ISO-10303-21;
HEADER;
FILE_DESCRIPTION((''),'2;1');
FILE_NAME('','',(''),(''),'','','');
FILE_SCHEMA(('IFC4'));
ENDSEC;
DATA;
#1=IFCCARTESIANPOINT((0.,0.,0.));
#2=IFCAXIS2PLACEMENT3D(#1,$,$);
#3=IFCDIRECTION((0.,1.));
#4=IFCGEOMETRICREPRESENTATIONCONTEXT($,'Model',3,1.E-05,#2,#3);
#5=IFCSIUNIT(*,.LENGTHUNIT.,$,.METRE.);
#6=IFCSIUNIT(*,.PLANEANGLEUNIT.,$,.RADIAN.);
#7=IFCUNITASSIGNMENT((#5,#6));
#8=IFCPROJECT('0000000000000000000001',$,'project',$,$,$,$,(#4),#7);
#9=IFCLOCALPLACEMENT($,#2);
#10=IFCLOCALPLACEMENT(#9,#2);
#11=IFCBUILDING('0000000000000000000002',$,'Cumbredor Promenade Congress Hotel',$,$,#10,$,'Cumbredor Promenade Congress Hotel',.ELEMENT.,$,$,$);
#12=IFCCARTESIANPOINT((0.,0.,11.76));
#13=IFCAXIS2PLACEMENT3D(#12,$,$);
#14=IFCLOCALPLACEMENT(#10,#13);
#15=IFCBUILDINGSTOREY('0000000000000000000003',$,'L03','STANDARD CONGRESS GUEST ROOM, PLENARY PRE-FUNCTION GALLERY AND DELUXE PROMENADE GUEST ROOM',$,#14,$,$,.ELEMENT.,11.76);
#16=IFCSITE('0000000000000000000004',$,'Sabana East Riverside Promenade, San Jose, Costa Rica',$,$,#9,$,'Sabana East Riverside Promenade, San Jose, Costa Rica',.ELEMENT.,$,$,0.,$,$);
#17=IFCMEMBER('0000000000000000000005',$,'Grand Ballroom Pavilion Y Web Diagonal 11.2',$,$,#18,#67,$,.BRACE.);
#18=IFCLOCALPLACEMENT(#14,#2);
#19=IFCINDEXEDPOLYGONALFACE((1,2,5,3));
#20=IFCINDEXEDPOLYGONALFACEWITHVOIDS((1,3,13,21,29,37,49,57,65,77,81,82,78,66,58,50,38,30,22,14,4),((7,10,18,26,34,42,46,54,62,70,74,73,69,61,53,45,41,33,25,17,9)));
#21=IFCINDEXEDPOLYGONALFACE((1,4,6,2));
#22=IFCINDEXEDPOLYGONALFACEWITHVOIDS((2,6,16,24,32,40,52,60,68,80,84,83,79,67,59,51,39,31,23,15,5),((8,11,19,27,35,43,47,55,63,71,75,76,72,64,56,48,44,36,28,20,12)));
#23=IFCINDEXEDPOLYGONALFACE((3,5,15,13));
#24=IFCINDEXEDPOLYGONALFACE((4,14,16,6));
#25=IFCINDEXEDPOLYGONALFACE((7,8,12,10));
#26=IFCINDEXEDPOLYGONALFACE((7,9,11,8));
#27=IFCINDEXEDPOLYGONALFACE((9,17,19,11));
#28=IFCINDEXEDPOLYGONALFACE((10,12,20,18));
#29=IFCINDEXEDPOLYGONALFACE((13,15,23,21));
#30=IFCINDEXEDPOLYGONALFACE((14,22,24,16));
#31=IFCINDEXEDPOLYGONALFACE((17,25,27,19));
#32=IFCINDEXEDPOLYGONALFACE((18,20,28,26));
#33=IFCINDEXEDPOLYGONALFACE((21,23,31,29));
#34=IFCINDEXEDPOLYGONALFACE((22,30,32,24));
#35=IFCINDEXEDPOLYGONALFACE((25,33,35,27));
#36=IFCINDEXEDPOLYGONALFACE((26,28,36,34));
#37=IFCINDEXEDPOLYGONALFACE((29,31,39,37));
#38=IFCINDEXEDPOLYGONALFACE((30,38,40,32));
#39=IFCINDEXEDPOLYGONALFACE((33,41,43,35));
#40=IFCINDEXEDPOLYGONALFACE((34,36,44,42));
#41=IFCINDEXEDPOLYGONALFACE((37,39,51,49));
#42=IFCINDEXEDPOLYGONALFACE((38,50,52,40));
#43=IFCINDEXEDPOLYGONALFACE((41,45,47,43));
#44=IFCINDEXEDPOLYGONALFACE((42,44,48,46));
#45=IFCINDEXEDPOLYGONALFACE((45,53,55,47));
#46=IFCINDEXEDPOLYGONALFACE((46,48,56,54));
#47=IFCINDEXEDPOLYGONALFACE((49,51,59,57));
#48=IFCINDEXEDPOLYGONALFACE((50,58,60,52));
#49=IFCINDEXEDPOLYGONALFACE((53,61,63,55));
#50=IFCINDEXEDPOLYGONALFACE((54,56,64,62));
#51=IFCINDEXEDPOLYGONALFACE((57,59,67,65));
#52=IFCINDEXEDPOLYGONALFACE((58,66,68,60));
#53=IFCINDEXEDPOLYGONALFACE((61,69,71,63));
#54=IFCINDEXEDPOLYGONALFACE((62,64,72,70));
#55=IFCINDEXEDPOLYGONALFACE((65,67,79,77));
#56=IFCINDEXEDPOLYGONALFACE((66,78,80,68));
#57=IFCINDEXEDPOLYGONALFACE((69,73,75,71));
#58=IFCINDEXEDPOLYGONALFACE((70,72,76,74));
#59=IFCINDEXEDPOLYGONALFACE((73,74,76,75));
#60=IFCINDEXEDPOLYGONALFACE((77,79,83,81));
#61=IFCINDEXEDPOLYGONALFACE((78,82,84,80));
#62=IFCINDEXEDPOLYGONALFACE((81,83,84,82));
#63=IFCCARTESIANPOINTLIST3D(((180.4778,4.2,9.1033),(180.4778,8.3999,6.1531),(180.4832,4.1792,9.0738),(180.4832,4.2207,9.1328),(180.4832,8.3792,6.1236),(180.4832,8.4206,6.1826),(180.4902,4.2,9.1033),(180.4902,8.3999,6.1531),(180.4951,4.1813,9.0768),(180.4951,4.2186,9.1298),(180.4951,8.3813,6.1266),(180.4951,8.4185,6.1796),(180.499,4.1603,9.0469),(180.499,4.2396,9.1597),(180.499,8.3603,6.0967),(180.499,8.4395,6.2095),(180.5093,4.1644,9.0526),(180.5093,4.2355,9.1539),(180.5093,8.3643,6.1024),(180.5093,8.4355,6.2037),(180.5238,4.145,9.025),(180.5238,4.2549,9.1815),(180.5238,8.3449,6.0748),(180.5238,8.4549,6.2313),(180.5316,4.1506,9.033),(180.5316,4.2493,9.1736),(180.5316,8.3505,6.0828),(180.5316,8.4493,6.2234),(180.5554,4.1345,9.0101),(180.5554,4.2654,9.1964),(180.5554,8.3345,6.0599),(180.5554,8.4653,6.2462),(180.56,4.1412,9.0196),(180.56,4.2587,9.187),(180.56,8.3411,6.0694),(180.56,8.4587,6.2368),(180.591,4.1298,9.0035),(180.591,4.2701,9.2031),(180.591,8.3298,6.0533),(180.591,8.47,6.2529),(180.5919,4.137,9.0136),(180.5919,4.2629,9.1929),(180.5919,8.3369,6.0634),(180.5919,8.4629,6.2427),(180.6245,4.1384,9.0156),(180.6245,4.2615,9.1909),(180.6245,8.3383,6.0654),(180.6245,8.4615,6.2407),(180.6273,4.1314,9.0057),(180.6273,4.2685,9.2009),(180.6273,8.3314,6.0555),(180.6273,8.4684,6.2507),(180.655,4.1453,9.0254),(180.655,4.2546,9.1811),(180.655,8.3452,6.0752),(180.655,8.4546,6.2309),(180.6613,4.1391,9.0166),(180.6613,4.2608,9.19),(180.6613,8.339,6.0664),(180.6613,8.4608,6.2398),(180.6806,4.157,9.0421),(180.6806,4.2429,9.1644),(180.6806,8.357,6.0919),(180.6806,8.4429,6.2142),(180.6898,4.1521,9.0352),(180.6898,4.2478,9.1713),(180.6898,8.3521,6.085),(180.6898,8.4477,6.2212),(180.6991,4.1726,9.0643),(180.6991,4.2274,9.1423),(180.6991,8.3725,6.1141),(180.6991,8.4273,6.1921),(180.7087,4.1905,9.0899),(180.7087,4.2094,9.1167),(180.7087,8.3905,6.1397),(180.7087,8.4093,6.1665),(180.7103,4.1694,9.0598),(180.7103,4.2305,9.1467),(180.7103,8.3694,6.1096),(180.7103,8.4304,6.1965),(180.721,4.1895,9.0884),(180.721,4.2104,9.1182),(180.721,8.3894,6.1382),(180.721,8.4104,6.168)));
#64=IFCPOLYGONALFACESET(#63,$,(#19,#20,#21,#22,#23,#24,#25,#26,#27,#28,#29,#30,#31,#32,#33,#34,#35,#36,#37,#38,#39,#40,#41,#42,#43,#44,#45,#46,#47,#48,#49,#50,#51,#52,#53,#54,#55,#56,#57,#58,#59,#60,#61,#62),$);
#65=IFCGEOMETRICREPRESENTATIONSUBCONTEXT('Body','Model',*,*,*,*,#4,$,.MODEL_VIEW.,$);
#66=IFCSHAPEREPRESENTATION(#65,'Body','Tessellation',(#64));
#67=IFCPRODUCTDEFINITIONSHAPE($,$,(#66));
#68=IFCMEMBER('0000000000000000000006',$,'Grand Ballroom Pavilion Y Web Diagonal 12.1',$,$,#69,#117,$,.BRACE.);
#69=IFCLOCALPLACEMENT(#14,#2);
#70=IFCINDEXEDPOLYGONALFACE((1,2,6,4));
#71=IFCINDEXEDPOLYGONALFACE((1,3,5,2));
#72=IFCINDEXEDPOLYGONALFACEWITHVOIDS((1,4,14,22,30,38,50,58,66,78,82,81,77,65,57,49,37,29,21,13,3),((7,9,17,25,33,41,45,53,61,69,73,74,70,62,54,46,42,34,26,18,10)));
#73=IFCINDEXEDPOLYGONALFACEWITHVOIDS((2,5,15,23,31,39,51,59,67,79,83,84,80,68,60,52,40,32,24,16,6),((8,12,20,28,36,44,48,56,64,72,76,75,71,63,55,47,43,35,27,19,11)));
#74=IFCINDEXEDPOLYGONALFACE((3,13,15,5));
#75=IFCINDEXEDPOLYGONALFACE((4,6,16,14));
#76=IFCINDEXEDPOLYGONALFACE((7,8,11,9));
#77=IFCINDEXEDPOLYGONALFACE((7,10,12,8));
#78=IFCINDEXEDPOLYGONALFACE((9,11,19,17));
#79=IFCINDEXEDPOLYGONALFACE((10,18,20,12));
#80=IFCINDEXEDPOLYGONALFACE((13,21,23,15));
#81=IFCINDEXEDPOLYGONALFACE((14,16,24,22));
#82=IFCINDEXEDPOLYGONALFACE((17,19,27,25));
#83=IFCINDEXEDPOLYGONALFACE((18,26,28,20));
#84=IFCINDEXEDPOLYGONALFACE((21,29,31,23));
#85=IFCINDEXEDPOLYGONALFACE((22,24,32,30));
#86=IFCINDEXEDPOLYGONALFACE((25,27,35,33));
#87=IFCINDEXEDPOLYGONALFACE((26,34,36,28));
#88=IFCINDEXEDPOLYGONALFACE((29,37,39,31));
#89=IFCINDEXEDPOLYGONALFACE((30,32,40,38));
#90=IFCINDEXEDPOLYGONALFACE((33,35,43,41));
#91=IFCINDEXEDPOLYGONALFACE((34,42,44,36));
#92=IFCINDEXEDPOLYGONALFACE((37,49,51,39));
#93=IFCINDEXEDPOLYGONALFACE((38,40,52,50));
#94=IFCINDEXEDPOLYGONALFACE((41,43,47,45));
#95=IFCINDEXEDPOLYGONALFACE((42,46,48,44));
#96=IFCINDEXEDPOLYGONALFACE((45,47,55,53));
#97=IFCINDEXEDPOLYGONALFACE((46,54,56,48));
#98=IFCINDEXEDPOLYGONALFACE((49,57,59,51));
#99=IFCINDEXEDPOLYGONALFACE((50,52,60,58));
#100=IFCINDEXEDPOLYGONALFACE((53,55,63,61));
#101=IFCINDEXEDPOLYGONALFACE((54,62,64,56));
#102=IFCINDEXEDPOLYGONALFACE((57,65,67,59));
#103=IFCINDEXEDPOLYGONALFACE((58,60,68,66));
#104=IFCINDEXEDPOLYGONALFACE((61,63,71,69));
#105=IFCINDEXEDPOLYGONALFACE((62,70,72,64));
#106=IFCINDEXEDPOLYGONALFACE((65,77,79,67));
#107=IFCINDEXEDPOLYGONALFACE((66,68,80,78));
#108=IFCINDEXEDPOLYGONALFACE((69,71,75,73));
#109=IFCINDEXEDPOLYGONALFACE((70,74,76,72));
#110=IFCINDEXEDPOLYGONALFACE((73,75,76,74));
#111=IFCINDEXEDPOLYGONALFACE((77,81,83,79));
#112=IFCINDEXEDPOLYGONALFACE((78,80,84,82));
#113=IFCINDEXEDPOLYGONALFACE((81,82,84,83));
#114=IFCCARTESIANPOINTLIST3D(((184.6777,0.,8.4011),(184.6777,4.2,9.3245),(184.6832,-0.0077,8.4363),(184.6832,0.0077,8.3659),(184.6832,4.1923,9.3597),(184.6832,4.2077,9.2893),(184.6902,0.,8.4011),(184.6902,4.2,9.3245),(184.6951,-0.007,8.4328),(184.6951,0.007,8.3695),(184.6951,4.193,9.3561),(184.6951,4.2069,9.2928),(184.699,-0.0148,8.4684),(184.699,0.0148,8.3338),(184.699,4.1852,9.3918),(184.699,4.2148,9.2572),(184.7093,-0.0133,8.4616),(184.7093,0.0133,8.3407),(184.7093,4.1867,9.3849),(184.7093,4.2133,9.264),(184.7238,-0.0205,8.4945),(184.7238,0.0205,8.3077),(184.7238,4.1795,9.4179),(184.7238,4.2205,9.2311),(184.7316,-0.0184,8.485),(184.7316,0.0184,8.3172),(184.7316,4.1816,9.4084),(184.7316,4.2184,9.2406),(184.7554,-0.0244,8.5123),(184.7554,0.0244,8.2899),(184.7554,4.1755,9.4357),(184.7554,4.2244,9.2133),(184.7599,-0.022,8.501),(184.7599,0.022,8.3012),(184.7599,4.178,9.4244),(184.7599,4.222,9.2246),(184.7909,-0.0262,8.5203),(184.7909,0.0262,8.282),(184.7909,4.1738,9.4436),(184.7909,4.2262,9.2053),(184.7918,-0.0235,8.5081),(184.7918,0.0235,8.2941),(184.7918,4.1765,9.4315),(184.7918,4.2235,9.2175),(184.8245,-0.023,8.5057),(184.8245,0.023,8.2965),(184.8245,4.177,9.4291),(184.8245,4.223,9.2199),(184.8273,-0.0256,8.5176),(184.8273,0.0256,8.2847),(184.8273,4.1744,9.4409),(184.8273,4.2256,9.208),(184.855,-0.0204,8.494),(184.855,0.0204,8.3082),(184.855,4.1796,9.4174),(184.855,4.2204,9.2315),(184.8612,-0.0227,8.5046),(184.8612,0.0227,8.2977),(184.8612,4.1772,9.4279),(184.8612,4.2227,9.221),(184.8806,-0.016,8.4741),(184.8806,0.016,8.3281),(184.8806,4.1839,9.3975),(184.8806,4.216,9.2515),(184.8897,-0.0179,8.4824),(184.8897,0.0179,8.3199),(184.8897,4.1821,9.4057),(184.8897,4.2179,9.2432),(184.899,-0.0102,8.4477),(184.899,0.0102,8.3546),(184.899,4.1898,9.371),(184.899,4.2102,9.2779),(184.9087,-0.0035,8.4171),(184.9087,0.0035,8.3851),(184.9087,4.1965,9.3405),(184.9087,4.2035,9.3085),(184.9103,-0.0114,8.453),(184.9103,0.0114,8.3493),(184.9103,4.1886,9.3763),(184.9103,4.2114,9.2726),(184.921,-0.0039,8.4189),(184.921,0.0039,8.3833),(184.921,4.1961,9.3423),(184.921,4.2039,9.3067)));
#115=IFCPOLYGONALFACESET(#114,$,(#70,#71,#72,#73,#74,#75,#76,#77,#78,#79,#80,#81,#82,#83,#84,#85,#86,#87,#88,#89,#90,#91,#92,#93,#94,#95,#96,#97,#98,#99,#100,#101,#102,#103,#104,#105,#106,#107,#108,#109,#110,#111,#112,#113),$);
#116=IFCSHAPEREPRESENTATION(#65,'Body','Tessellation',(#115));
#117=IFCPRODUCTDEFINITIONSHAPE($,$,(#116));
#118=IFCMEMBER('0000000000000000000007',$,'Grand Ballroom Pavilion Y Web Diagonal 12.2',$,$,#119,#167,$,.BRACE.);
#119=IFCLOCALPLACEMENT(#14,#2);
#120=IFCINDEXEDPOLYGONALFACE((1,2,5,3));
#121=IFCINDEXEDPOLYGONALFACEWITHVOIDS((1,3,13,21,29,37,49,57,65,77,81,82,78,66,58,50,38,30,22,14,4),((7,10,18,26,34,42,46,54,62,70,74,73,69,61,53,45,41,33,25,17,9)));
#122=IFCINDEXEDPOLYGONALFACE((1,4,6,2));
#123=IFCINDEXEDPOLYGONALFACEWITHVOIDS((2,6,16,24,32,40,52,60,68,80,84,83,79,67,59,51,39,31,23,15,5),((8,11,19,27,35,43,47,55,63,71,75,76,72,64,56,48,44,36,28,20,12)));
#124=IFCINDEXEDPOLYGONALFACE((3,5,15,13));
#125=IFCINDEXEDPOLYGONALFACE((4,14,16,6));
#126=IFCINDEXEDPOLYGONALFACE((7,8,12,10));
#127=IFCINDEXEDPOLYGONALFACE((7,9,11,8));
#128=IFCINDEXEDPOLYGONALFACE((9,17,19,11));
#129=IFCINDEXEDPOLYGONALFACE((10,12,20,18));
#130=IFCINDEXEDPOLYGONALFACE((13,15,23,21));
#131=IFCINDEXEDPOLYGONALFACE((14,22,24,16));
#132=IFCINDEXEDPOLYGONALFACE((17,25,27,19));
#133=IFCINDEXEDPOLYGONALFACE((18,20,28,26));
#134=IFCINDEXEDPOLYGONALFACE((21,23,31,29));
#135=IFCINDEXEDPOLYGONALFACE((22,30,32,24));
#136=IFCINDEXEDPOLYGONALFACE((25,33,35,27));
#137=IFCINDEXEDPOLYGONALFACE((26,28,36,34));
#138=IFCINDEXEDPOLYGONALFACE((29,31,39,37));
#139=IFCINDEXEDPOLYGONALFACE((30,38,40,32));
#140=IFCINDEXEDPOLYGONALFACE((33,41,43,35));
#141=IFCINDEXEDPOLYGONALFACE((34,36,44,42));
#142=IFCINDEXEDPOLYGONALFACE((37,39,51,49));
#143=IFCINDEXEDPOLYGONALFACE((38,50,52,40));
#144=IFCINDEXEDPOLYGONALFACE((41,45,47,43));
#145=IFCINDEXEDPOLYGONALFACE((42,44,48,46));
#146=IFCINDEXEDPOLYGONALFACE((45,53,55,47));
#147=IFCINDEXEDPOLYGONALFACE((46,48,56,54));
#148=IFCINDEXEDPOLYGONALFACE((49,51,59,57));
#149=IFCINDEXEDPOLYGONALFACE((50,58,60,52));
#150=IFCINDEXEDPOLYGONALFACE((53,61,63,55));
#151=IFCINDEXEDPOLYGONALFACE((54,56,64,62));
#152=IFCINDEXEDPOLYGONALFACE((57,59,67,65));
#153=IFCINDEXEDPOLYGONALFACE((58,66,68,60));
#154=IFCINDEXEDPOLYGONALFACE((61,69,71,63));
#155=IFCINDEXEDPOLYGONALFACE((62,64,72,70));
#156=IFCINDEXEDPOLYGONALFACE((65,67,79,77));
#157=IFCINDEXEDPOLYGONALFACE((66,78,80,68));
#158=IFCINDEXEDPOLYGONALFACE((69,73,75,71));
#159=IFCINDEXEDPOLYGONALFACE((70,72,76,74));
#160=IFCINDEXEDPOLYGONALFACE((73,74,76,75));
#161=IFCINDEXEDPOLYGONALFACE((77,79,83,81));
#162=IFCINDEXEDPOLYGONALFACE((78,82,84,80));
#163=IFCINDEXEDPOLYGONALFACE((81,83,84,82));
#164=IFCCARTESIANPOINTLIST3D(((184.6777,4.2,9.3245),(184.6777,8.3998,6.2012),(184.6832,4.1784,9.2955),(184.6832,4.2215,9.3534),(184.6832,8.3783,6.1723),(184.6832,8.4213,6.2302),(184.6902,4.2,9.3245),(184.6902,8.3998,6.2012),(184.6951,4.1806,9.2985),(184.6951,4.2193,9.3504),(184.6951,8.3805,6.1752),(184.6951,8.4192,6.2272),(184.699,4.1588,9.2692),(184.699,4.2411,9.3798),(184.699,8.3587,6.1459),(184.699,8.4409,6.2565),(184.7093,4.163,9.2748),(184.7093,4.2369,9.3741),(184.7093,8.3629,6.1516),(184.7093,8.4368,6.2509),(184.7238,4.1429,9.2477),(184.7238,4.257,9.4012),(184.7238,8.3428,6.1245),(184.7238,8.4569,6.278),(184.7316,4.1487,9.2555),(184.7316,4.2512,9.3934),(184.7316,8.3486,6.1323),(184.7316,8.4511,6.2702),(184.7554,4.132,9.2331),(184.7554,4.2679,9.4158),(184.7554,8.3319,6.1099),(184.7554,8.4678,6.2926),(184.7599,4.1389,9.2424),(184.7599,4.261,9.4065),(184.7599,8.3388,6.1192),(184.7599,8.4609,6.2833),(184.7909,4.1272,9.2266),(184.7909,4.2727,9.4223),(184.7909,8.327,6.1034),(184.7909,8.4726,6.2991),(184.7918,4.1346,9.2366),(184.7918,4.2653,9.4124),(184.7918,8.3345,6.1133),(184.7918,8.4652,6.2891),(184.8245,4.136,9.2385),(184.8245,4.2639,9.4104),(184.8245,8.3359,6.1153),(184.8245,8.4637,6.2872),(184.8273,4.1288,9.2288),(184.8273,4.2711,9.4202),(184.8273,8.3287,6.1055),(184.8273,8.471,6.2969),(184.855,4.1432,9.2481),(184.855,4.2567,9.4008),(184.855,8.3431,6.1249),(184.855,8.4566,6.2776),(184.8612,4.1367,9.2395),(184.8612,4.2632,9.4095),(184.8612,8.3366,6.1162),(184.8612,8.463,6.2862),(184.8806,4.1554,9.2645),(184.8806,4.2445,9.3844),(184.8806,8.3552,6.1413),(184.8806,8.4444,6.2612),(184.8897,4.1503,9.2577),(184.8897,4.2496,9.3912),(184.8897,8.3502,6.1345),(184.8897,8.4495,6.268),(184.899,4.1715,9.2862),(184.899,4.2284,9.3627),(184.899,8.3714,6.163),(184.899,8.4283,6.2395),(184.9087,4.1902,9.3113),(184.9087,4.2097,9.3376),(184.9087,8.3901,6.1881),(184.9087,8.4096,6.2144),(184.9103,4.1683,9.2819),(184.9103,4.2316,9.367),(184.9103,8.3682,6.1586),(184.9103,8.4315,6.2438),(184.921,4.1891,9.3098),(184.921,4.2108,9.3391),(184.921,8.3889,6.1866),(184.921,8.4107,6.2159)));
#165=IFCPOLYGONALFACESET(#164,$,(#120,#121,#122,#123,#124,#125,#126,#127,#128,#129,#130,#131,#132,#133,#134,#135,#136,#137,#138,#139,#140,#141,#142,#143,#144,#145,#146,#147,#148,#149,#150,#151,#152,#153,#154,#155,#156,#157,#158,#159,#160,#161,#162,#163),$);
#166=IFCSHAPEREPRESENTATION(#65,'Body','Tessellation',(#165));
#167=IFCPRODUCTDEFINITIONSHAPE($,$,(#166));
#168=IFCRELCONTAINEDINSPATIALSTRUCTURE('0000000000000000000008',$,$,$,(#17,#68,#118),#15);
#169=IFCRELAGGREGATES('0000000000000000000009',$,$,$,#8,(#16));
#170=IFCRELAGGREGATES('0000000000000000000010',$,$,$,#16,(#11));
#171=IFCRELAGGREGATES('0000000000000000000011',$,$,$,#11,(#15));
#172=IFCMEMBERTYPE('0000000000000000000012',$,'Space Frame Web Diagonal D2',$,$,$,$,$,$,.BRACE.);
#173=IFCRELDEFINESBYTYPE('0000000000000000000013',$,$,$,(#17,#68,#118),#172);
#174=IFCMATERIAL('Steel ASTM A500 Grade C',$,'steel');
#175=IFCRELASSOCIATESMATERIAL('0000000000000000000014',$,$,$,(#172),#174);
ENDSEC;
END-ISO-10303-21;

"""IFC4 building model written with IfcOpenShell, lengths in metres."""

from ifc_helpers import new_model, si_unit, direction, frame, origin, origin_2d, place, context, subcontext, project, spatial, hollow_circle, extrude, material, material_profile, profile_set, type_object, element, save


model = new_model("IFC4")

# Units and contexts
model_context = context("Model", 3, precision=1e-05, world=origin(), true_north=direction((0.0, 1.0)))
body_context = subcontext(model_context, "Body", "Model", "MODEL_VIEW")
ifc_project = project(units=[si_unit("LENGTHUNIT", "METRE"), si_unit("PLANEANGLEUNIT", "RADIAN")], contexts=[model_context])

# Site, building, storey
site_placement = place(None, origin())
site = spatial("IfcSite", under=ifc_project, at=site_placement, Name="Sabana East Riverside Promenade, San Jose, Costa Rica", LongName="Sabana East Riverside Promenade, San Jose, Costa Rica", CompositionType="ELEMENT", RefElevation=0.0)
building_placement = place(site_placement, origin())
building = spatial("IfcBuilding", under=site, at=building_placement, Name="Cumbredor Promenade Congress Hotel", LongName="Cumbredor Promenade Congress Hotel", CompositionType="ELEMENT")
storey_placement = place(building_placement, frame((0.0, 0.0, 11.76)))
storey = spatial("IfcBuildingStorey", under=building, at=storey_placement, Name="L03", Description="STANDARD CONGRESS GUEST ROOM, PLENARY PRE-FUNCTION GALLERY AND DELUXE PROMENADE GUEST ROOM", CompositionType="ELEMENT", Elevation=11.76)

# Shared definitions
ifc_material_1 = material(Name="Steel ASTM A500 Grade C", Category="steel")

# Members
ifc_material_profile_1 = material_profile(ifc_material_1, hollow_circle(Radius=0.1223, WallThickness=0.0125, at=origin_2d()), Name="CHS 244.5x12.5")
ifc_profile_set_1 = profile_set([ifc_material_profile_1], Name="Steel ASTM A500 Grade C")
member_type_1 = type_object("IfcMemberType", Name="Space Frame Web Diagonal D2", PredefinedType="BRACE", material=ifc_profile_set_1)
member_1_placement = place(storey_placement, frame((180.6001, 4.2, 9.1033), z_axis=(0.0, 0.818294, -0.574799), x_axis=(-1.0, 0.0, 0.0)))
element("IfcMember", 1, at=member_1_placement, inside=storey, type_object=member_type_1, Name="Grand Ballroom Pavilion Y Web Diagonal 11.2", PredefinedType="BRACE", context=body_context, shape_type="SweptSolid", body=[
    extrude(hollow_circle(Radius=0.1223, WallThickness=0.0125, at=origin_2d()), origin(), (0.0, 0.0, 1.0), 5.1326),
])
member_2_placement = place(storey_placement, frame((184.8, 0.0, 8.4011), z_axis=(0.0, 0.976676, 0.214718), x_axis=(-1.0, 0.0, 0.0)))
element("IfcMember", 2, at=member_2_placement, inside=storey, type_object=member_type_1, Name="Grand Ballroom Pavilion Y Web Diagonal 12.1", PredefinedType="BRACE", context=body_context, shape_type="SweptSolid", body=[
    extrude(hollow_circle(Radius=0.1223, WallThickness=0.0125, at=origin_2d()), origin(), (0.0, 0.0, 1.0), 4.3003),
])
member_3_placement = place(storey_placement, frame((184.8, 4.2, 9.3245), z_axis=(0.0, 0.802439, -0.596734), x_axis=(-1.0, 0.0, 0.0)))
element("IfcMember", 3, at=member_3_placement, inside=storey, type_object=member_type_1, Name="Grand Ballroom Pavilion Y Web Diagonal 12.2", PredefinedType="BRACE", context=body_context, shape_type="SweptSolid", body=[
    extrude(hollow_circle(Radius=0.1223, WallThickness=0.0125, at=origin_2d()), origin(), (0.0, 0.0, 1.0), 5.2339),
])

save(model, "model.ifc")
